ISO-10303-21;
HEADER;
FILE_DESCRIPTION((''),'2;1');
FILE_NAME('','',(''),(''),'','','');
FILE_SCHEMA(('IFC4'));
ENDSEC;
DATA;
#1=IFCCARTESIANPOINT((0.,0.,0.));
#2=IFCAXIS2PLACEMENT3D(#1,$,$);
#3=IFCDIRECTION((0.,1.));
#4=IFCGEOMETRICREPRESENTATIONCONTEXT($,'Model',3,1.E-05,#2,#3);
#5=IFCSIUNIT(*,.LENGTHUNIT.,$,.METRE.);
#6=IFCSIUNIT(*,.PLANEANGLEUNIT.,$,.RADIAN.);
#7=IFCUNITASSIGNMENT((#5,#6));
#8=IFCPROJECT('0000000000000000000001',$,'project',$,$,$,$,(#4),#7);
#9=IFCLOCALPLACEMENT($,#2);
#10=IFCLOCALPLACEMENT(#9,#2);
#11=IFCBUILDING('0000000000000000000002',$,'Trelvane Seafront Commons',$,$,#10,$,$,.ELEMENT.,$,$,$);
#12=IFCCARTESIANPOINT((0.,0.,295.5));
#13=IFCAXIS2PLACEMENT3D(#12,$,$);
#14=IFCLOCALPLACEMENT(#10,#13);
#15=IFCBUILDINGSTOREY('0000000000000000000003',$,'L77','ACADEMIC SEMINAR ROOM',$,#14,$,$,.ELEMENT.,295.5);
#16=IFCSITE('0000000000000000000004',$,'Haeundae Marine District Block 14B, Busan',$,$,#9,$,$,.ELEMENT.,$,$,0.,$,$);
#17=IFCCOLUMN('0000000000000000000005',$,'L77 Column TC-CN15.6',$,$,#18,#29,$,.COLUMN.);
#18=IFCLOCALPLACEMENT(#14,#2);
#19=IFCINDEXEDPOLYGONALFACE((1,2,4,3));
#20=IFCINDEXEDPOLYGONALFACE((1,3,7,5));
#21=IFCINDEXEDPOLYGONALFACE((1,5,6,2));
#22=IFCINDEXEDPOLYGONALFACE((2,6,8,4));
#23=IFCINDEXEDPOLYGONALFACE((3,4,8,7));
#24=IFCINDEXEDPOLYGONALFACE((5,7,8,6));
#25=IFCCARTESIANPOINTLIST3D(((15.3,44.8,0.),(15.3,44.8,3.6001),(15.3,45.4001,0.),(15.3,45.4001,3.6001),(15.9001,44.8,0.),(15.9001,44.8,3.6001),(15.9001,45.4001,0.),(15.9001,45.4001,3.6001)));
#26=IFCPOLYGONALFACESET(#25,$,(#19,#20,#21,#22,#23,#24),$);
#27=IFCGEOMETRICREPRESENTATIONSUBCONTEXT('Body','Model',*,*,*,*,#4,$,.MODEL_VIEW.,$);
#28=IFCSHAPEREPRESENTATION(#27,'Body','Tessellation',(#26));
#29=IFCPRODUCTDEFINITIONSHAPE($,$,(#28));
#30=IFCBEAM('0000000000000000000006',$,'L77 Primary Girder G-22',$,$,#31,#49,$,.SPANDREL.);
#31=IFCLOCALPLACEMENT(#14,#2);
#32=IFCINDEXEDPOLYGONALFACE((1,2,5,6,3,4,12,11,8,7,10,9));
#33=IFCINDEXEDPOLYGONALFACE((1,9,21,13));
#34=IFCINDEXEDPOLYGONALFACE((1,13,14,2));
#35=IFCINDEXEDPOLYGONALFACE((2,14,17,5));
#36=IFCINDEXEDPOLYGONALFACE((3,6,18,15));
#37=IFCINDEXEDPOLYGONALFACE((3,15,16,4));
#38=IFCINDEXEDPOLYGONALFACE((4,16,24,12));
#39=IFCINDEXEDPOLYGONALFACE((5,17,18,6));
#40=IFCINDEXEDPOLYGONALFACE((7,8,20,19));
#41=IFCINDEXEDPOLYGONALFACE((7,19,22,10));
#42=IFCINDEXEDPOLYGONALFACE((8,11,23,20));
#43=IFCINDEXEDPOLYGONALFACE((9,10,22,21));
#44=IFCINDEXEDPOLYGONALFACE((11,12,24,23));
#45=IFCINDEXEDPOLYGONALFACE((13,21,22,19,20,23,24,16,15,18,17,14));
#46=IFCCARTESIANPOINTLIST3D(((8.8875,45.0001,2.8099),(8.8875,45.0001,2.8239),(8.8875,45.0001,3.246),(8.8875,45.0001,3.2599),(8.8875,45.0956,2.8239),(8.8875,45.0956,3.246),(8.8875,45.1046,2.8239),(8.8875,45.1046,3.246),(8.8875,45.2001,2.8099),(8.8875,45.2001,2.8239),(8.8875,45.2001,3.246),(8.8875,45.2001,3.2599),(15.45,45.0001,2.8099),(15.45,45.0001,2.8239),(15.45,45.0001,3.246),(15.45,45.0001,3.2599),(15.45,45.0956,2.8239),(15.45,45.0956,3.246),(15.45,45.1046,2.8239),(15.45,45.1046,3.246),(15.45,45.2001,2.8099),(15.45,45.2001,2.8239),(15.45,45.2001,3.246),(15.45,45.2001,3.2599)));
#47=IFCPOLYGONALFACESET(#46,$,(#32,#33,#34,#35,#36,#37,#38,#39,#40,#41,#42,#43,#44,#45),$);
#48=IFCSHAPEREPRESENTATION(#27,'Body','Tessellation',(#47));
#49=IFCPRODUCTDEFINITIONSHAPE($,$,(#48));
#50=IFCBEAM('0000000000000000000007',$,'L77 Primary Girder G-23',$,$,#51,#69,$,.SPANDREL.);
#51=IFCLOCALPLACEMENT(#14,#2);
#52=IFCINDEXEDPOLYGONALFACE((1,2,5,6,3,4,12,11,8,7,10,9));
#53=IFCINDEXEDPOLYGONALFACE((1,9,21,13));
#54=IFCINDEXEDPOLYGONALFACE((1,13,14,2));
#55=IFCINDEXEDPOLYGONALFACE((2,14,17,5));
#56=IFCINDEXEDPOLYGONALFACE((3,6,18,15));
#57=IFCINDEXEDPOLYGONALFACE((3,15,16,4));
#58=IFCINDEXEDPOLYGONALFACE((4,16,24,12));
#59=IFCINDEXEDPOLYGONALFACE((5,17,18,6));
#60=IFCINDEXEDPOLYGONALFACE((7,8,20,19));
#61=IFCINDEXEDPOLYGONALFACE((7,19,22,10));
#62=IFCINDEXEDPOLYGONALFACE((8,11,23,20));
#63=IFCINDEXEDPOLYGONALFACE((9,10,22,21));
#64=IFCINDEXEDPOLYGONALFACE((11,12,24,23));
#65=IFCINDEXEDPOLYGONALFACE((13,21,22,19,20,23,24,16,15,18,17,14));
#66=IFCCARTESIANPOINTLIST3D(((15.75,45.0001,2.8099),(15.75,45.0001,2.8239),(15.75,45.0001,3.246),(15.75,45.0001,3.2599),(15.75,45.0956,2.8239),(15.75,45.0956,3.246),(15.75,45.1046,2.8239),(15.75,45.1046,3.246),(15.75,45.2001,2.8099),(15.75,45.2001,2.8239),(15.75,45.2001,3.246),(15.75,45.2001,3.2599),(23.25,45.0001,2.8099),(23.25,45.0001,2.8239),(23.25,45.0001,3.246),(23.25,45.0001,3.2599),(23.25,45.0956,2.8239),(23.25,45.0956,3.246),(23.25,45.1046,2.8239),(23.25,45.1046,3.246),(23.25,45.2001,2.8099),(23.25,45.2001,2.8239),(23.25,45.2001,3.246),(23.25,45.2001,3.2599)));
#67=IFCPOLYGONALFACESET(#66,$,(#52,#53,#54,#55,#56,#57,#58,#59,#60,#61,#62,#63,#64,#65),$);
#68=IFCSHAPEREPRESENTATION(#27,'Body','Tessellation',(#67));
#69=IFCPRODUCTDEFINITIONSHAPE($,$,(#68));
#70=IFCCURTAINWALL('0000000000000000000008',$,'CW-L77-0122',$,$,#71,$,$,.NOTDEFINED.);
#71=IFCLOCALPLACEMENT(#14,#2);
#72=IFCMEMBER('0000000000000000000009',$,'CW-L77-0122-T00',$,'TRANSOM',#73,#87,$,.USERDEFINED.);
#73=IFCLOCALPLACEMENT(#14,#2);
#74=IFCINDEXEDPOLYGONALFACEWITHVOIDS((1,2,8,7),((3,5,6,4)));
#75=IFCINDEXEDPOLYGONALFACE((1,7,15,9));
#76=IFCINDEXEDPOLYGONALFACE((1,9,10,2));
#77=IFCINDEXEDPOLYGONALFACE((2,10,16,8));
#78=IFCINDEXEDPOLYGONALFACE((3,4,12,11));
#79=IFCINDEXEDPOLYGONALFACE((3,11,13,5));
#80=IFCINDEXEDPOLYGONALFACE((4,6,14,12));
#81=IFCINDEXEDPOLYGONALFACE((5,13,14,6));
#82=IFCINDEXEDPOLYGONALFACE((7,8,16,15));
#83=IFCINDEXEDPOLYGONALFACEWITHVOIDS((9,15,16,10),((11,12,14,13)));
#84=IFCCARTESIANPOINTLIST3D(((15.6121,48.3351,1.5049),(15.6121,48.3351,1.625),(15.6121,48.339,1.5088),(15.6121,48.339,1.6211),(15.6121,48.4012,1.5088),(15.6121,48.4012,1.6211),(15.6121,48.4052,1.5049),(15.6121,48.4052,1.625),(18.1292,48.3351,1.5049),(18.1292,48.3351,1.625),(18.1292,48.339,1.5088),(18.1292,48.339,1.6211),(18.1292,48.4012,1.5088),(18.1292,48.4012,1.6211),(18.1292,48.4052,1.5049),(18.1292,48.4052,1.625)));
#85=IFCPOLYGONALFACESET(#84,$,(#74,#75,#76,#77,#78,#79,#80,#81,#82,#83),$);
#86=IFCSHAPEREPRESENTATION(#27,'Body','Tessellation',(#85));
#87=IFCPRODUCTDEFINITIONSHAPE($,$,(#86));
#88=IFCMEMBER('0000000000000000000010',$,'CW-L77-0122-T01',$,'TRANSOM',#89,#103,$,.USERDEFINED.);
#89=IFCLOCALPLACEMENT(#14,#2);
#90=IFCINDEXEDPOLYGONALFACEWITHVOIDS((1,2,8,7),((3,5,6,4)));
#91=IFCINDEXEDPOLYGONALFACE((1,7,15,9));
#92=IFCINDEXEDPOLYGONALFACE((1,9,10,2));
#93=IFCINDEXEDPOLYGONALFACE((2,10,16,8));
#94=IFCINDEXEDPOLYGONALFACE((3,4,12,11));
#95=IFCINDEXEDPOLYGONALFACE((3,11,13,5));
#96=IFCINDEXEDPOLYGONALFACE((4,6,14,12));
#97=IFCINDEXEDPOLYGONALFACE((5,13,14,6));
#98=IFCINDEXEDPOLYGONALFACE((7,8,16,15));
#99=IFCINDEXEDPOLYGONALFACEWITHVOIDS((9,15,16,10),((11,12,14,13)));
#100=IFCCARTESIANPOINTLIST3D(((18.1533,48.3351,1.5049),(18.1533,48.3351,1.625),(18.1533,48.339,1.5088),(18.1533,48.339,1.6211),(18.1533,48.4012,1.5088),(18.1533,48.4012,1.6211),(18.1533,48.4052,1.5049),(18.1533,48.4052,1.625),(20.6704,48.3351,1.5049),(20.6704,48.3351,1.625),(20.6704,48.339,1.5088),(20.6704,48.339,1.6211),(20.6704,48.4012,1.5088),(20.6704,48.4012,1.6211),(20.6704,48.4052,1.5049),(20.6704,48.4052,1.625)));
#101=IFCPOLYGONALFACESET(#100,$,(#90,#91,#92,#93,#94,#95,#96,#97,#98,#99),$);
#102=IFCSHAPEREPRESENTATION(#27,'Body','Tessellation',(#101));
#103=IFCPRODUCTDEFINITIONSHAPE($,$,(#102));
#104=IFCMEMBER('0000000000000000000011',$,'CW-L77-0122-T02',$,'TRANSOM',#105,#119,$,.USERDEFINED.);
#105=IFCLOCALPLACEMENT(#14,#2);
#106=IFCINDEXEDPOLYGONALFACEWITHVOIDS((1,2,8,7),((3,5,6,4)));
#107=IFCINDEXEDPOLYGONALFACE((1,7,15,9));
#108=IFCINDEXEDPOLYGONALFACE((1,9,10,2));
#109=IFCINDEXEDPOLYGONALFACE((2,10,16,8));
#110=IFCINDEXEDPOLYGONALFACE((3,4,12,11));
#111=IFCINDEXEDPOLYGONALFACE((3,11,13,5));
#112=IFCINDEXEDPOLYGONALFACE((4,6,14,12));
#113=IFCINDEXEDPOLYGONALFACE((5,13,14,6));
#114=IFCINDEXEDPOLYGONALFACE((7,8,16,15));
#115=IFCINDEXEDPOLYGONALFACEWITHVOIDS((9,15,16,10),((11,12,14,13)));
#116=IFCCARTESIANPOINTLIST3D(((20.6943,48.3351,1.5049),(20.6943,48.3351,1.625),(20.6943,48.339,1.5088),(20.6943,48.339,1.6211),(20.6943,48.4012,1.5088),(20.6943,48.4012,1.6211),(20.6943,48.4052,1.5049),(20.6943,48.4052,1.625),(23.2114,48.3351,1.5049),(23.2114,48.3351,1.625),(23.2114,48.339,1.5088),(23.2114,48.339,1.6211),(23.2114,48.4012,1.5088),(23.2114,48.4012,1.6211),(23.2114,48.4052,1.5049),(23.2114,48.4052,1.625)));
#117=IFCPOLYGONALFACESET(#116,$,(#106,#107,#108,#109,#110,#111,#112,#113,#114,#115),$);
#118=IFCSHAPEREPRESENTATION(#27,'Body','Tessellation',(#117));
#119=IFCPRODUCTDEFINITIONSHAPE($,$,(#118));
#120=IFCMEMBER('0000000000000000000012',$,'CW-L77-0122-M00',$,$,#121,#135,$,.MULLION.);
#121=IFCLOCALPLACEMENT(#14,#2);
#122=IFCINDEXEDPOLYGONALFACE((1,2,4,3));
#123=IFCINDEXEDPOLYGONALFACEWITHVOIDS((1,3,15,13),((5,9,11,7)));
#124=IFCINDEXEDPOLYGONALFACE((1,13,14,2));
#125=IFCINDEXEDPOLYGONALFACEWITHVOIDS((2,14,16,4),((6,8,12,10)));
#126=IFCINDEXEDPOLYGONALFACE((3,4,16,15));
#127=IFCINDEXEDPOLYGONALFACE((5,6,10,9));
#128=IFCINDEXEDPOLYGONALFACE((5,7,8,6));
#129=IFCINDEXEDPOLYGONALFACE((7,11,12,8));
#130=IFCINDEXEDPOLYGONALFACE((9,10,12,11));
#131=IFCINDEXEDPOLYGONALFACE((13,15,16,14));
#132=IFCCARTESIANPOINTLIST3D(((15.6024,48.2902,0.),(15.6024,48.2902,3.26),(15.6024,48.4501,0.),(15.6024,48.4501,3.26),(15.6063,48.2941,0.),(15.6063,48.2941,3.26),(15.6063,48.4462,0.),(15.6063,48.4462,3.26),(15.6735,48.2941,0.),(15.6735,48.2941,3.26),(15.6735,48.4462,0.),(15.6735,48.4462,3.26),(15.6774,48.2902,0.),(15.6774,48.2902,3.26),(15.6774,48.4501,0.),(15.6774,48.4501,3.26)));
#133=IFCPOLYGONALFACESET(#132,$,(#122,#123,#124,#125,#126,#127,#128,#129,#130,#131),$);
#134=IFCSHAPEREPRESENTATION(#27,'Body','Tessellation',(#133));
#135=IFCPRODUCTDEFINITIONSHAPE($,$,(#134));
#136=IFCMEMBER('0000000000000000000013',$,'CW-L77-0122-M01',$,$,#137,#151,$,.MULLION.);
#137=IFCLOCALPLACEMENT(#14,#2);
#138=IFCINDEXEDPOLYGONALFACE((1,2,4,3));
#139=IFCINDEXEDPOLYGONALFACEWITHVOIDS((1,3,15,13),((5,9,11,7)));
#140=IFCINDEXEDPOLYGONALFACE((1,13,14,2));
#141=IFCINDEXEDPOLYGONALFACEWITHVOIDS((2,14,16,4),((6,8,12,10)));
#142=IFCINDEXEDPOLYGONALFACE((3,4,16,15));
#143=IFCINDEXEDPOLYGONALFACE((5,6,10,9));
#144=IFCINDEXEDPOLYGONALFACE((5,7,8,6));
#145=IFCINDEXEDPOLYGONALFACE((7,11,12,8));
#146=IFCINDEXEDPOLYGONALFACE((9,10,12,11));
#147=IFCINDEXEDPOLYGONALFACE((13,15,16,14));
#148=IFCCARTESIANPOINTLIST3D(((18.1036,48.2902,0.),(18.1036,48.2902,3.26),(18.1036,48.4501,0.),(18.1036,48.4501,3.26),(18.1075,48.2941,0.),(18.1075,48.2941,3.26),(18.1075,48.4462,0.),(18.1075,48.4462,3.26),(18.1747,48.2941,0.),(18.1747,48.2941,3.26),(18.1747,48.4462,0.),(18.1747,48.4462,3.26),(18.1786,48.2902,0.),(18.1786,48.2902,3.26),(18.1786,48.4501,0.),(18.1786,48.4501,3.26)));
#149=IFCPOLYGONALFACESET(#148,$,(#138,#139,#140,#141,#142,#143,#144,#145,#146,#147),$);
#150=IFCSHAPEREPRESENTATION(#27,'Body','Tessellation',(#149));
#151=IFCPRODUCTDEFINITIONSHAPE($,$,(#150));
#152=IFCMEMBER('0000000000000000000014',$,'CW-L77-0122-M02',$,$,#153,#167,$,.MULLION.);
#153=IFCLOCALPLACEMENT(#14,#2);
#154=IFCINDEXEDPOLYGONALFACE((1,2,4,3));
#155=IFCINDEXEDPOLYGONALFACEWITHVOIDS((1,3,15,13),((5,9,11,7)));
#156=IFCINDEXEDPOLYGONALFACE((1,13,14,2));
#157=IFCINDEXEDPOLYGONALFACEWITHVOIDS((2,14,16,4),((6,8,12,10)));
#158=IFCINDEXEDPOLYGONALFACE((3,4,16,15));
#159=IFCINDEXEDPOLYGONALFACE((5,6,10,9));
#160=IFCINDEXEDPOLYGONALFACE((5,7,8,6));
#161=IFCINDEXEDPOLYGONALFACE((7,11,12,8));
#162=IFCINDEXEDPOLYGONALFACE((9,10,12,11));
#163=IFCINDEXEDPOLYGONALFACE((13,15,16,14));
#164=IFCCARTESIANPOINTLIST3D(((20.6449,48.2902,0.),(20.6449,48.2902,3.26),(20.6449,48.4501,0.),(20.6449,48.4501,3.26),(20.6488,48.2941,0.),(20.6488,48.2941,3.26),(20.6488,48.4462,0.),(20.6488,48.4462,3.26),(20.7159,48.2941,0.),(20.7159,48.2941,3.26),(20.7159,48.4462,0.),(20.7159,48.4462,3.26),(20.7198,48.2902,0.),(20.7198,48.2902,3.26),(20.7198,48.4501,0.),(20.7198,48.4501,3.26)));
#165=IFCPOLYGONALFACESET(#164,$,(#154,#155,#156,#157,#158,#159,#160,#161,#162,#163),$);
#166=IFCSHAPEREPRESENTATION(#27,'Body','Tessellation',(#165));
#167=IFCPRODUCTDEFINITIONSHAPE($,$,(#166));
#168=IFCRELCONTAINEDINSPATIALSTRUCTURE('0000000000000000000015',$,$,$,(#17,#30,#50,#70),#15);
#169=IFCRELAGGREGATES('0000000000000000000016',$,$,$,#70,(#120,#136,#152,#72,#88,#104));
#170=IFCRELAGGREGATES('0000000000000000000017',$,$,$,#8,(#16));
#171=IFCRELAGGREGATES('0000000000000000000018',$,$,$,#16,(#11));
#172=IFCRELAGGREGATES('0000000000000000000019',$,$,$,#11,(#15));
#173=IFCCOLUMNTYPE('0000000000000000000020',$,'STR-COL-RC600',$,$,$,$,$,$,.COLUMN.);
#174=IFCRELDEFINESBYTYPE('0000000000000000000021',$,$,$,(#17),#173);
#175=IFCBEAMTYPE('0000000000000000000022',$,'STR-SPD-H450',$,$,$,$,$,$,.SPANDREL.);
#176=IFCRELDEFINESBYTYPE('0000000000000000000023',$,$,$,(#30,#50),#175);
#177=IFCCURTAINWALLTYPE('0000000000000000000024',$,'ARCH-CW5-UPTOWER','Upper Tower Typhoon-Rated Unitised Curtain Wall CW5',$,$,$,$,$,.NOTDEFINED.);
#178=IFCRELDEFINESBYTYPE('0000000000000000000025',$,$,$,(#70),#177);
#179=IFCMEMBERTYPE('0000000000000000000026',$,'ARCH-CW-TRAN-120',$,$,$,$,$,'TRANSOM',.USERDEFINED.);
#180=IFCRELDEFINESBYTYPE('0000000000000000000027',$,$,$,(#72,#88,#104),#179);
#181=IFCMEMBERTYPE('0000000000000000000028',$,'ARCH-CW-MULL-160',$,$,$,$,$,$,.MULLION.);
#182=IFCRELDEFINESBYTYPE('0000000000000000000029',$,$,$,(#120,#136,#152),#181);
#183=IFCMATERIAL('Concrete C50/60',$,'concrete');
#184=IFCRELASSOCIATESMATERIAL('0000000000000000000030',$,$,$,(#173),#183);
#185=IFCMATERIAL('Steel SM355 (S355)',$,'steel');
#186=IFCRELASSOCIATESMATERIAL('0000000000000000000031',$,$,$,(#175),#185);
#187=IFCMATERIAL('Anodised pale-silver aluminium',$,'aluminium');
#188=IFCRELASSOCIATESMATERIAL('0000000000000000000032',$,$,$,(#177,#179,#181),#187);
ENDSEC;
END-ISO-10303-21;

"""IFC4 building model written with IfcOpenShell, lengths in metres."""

from ifc_helpers import new_model, si_unit, direction, frame, origin, origin_2d, place, context, subcontext, project, spatial, rectangle, hollow_rectangle, i_section, extrude, source, transform, mapped, material, material_profile, profile_set, type_object, element, aggregate, save


model = new_model("IFC4")

# Units and contexts
model_context = context("Model", 3, precision=1e-05, world=origin(), true_north=direction((0.0, 1.0)))
body_context = subcontext(model_context, "Body", "Model", "MODEL_VIEW")
ifc_project = project(units=[si_unit("LENGTHUNIT", "METRE"), si_unit("PLANEANGLEUNIT", "RADIAN")], contexts=[model_context])

# Site, building, storey
site_placement = place(None, origin())
site = spatial("IfcSite", under=ifc_project, at=site_placement, Name="Haeundae Marine District Block 14B, Busan", CompositionType="ELEMENT", RefElevation=0.0)
building_placement = place(site_placement, origin())
building = spatial("IfcBuilding", under=site, at=building_placement, Name="Trelvane Seafront Commons", CompositionType="ELEMENT")
storey_placement = place(building_placement, frame((0.0, 0.0, 295.5)))
storey = spatial("IfcBuildingStorey", under=building, at=storey_placement, Name="L77", Description="ACADEMIC SEMINAR ROOM", CompositionType="ELEMENT", Elevation=295.5)

# Column
ifc_material_1 = material(Name="Concrete C50/60", Category="concrete")
ifc_material_profile_1 = material_profile(ifc_material_1, rectangle(XDim=0.6001, YDim=0.6001, at=origin_2d()), Name="RC-600x600")
ifc_profile_set_1 = profile_set([ifc_material_profile_1], Name="Concrete C50/60")
column_type = type_object("IfcColumnType", Name="STR-COL-RC600", PredefinedType="COLUMN", material=ifc_profile_set_1)
shared_shape_1 = source(origin(), body_context, "Body", "SweptSolid", [
    extrude(rectangle(XDim=0.6001, YDim=0.6001, at=origin_2d()), origin(), (0.0, 0.0, 1.0), 3.6001),
])
column_placement = place(storey_placement, frame((15.6001, 45.1001, 0.0), z_axis=(0.0, 0.0, 1.0), x_axis=(1.0, 0.0, 0.0)))
element("IfcColumn", 1, at=column_placement, inside=storey, type_object=column_type, Name="L77 Column TC-CN15.6", PredefinedType="COLUMN", context=body_context, shape_type="MappedRepresentation", body=[
    mapped(shared_shape_1, transform((0.0, 0.0, 0.0), x_axis=(1.0, 0.0, 0.0), y_axis=(0.0, 1.0, 0.0), z_axis=(0.0, 0.0, 1.0), scale=1.0)),
])

# Beams
ifc_material_2 = material(Name="Steel SM355 (S355)", Category="steel")
ifc_material_profile_2 = material_profile(ifc_material_2, i_section(OverallWidth=0.2, OverallDepth=0.45, WebThickness=0.009, FlangeThickness=0.0139, at=origin_2d()), Name="H-450x200x9x14")
ifc_profile_set_2 = profile_set([ifc_material_profile_2], Name="Steel SM355 (S355)")
beam_type = type_object("IfcBeamType", Name="STR-SPD-H450", PredefinedType="SPANDREL", material=ifc_profile_set_2)
shared_shape_2 = source(origin(), body_context, "Body", "SweptSolid", [
    extrude(i_section(OverallWidth=0.2, OverallDepth=0.45, WebThickness=0.009, FlangeThickness=0.0139, at=origin_2d()), origin(), (0.0, 0.0, 1.0), 6.5625),
])
beam_1_placement = place(storey_placement, frame((8.8875, 45.1001, 3.0349), z_axis=(1.0, 0.0, 0.0), x_axis=(0.0, 1.0, 0.0)))
element("IfcBeam", 2, at=beam_1_placement, inside=storey, type_object=beam_type, Name="L77 Primary Girder G-22", PredefinedType="SPANDREL", context=body_context, shape_type="MappedRepresentation", body=[
    mapped(shared_shape_2, transform((0.0, 0.0, 0.0), x_axis=(1.0, 0.0, 0.0), y_axis=(0.0, 1.0, 0.0), z_axis=(0.0, 0.0, 1.0), scale=1.0)),
])
shared_shape_3 = source(origin(), body_context, "Body", "SweptSolid", [
    extrude(i_section(OverallWidth=0.2, OverallDepth=0.45, WebThickness=0.009, FlangeThickness=0.0139, at=origin_2d()), origin(), (0.0, 0.0, 1.0), 7.5),
])
beam_2_placement = place(storey_placement, frame((15.75, 45.1001, 3.0349), z_axis=(1.0, 0.0, 0.0), x_axis=(0.0, 1.0, 0.0)))
element("IfcBeam", 3, at=beam_2_placement, inside=storey, type_object=beam_type, Name="L77 Primary Girder G-23", PredefinedType="SPANDREL", context=body_context, shape_type="MappedRepresentation", body=[
    mapped(shared_shape_3, transform((0.0, 0.0, 0.0), x_axis=(1.0, 0.0, 0.0), y_axis=(0.0, 1.0, 0.0), z_axis=(0.0, 0.0, 1.0), scale=1.0)),
])

# Curtain wall, members
ifc_material_3 = material(Name="Anodised pale-silver aluminium", Category="aluminium")
curtain_wall_type = type_object("IfcCurtainWallType", Name="ARCH-CW5-UPTOWER", Description="Upper Tower Typhoon-Rated Unitised Curtain Wall CW5", PredefinedType="NOTDEFINED", material=ifc_material_3)
curtain_wall_placement = place(storey_placement, origin())
curtain_wall = element("IfcCurtainWall", 4, at=curtain_wall_placement, inside=storey, type_object=curtain_wall_type, Name="CW-L77-0122", PredefinedType="NOTDEFINED")
ifc_material_profile_3 = material_profile(ifc_material_3, hollow_rectangle(XDim=0.0701, YDim=0.1201, WallThickness=0.0039, at=origin_2d()), Name="TRAN-70x120x4")
ifc_profile_set_3 = profile_set([ifc_material_profile_3], Name="Anodised pale-silver aluminium")
member_type_1 = type_object("IfcMemberType", Name="ARCH-CW-TRAN-120", ElementType="TRANSOM", PredefinedType="USERDEFINED", material=ifc_profile_set_3)
shared_shape_4 = source(origin(), body_context, "Body", "SweptSolid", [
    extrude(hollow_rectangle(XDim=0.0701, YDim=0.1201, WallThickness=0.0039, at=origin_2d()), origin(), (0.0, 0.0, 1.0), 2.5171),
])
member_1_placement = place(storey_placement, frame((15.6121, 48.3701, 1.5649), z_axis=(1.0, 0.0, 0.0), x_axis=(0.0, 1.0, 0.0)))
member_1 = element("IfcMember", 5, at=member_1_placement, type_object=member_type_1, Name="CW-L77-0122-T00", ObjectType="TRANSOM", PredefinedType="USERDEFINED", context=body_context, shape_type="MappedRepresentation", body=[
    mapped(shared_shape_4, transform((0.0, 0.0, 0.0), x_axis=(1.0, 0.0, 0.0), y_axis=(0.0, 1.0, 0.0), z_axis=(0.0, 0.0, 1.0), scale=1.0)),
])
member_2_placement = place(storey_placement, frame((18.1533, 48.3701, 1.5649), z_axis=(1.0, 0.0, 0.0), x_axis=(0.0, 1.0, 0.0)))
member_2 = element("IfcMember", 6, at=member_2_placement, type_object=member_type_1, Name="CW-L77-0122-T01", ObjectType="TRANSOM", PredefinedType="USERDEFINED", context=body_context, shape_type="MappedRepresentation", body=[
    mapped(shared_shape_4, transform((0.0, 0.0, 0.0), x_axis=(1.0, 0.0, 0.0), y_axis=(0.0, 1.0, 0.0), z_axis=(0.0, 0.0, 1.0), scale=1.0)),
])
member_3_placement = place(storey_placement, frame((20.6943, 48.3701, 1.5649), z_axis=(1.0, 0.0, 0.0), x_axis=(0.0, 1.0, 0.0)))
member_3 = element("IfcMember", 7, at=member_3_placement, type_object=member_type_1, Name="CW-L77-0122-T02", ObjectType="TRANSOM", PredefinedType="USERDEFINED", context=body_context, shape_type="MappedRepresentation", body=[
    mapped(shared_shape_4, transform((0.0, 0.0, 0.0), x_axis=(1.0, 0.0, 0.0), y_axis=(0.0, 1.0, 0.0), z_axis=(0.0, 0.0, 1.0), scale=1.0)),
])
ifc_material_profile_4 = material_profile(ifc_material_3, hollow_rectangle(XDim=0.075, YDim=0.1599, WallThickness=0.0039, at=origin_2d()), Name="MULL-75x160x4")
ifc_profile_set_4 = profile_set([ifc_material_profile_4], Name="Anodised pale-silver aluminium")
member_type_2 = type_object("IfcMemberType", Name="ARCH-CW-MULL-160", PredefinedType="MULLION", material=ifc_profile_set_4)
shared_shape_5 = source(origin(), body_context, "Body", "SweptSolid", [
    extrude(hollow_rectangle(XDim=0.075, YDim=0.1599, WallThickness=0.0039, at=origin_2d()), origin(), (0.0, 0.0, 1.0), 3.26),
])
member_4_placement = place(storey_placement, frame((15.6399, 48.3701, 0.0), z_axis=(0.0, 0.0, 1.0), x_axis=(1.0, 0.0, 0.0)))
member_4 = element("IfcMember", 8, at=member_4_placement, type_object=member_type_2, Name="CW-L77-0122-M00", PredefinedType="MULLION", context=body_context, shape_type="MappedRepresentation", body=[
    mapped(shared_shape_5, transform((0.0, 0.0, 0.0), x_axis=(1.0, 0.0, 0.0), y_axis=(0.0, 1.0, 0.0), z_axis=(0.0, 0.0, 1.0), scale=1.0)),
])
member_5_placement = place(storey_placement, frame((18.1411, 48.3701, 0.0), z_axis=(0.0, 0.0, 1.0), x_axis=(1.0, 0.0, 0.0)))
member_5 = element("IfcMember", 9, at=member_5_placement, type_object=member_type_2, Name="CW-L77-0122-M01", PredefinedType="MULLION", context=body_context, shape_type="MappedRepresentation", body=[
    mapped(shared_shape_5, transform((0.0, 0.0, 0.0), x_axis=(1.0, 0.0, 0.0), y_axis=(0.0, 1.0, 0.0), z_axis=(0.0, 0.0, 1.0), scale=1.0)),
])
member_6_placement = place(storey_placement, frame((20.6824, 48.3701, 0.0), z_axis=(0.0, 0.0, 1.0), x_axis=(1.0, 0.0, 0.0)))
member_6 = element("IfcMember", 10, at=member_6_placement, type_object=member_type_2, Name="CW-L77-0122-M02", PredefinedType="MULLION", context=body_context, shape_type="MappedRepresentation", body=[
    mapped(shared_shape_5, transform((0.0, 0.0, 0.0), x_axis=(1.0, 0.0, 0.0), y_axis=(0.0, 1.0, 0.0), z_axis=(0.0, 0.0, 1.0), scale=1.0)),
])

aggregate(curtain_wall, [member_4, member_5, member_6, member_1, member_2, member_3])

save(model, "model.ifc")
